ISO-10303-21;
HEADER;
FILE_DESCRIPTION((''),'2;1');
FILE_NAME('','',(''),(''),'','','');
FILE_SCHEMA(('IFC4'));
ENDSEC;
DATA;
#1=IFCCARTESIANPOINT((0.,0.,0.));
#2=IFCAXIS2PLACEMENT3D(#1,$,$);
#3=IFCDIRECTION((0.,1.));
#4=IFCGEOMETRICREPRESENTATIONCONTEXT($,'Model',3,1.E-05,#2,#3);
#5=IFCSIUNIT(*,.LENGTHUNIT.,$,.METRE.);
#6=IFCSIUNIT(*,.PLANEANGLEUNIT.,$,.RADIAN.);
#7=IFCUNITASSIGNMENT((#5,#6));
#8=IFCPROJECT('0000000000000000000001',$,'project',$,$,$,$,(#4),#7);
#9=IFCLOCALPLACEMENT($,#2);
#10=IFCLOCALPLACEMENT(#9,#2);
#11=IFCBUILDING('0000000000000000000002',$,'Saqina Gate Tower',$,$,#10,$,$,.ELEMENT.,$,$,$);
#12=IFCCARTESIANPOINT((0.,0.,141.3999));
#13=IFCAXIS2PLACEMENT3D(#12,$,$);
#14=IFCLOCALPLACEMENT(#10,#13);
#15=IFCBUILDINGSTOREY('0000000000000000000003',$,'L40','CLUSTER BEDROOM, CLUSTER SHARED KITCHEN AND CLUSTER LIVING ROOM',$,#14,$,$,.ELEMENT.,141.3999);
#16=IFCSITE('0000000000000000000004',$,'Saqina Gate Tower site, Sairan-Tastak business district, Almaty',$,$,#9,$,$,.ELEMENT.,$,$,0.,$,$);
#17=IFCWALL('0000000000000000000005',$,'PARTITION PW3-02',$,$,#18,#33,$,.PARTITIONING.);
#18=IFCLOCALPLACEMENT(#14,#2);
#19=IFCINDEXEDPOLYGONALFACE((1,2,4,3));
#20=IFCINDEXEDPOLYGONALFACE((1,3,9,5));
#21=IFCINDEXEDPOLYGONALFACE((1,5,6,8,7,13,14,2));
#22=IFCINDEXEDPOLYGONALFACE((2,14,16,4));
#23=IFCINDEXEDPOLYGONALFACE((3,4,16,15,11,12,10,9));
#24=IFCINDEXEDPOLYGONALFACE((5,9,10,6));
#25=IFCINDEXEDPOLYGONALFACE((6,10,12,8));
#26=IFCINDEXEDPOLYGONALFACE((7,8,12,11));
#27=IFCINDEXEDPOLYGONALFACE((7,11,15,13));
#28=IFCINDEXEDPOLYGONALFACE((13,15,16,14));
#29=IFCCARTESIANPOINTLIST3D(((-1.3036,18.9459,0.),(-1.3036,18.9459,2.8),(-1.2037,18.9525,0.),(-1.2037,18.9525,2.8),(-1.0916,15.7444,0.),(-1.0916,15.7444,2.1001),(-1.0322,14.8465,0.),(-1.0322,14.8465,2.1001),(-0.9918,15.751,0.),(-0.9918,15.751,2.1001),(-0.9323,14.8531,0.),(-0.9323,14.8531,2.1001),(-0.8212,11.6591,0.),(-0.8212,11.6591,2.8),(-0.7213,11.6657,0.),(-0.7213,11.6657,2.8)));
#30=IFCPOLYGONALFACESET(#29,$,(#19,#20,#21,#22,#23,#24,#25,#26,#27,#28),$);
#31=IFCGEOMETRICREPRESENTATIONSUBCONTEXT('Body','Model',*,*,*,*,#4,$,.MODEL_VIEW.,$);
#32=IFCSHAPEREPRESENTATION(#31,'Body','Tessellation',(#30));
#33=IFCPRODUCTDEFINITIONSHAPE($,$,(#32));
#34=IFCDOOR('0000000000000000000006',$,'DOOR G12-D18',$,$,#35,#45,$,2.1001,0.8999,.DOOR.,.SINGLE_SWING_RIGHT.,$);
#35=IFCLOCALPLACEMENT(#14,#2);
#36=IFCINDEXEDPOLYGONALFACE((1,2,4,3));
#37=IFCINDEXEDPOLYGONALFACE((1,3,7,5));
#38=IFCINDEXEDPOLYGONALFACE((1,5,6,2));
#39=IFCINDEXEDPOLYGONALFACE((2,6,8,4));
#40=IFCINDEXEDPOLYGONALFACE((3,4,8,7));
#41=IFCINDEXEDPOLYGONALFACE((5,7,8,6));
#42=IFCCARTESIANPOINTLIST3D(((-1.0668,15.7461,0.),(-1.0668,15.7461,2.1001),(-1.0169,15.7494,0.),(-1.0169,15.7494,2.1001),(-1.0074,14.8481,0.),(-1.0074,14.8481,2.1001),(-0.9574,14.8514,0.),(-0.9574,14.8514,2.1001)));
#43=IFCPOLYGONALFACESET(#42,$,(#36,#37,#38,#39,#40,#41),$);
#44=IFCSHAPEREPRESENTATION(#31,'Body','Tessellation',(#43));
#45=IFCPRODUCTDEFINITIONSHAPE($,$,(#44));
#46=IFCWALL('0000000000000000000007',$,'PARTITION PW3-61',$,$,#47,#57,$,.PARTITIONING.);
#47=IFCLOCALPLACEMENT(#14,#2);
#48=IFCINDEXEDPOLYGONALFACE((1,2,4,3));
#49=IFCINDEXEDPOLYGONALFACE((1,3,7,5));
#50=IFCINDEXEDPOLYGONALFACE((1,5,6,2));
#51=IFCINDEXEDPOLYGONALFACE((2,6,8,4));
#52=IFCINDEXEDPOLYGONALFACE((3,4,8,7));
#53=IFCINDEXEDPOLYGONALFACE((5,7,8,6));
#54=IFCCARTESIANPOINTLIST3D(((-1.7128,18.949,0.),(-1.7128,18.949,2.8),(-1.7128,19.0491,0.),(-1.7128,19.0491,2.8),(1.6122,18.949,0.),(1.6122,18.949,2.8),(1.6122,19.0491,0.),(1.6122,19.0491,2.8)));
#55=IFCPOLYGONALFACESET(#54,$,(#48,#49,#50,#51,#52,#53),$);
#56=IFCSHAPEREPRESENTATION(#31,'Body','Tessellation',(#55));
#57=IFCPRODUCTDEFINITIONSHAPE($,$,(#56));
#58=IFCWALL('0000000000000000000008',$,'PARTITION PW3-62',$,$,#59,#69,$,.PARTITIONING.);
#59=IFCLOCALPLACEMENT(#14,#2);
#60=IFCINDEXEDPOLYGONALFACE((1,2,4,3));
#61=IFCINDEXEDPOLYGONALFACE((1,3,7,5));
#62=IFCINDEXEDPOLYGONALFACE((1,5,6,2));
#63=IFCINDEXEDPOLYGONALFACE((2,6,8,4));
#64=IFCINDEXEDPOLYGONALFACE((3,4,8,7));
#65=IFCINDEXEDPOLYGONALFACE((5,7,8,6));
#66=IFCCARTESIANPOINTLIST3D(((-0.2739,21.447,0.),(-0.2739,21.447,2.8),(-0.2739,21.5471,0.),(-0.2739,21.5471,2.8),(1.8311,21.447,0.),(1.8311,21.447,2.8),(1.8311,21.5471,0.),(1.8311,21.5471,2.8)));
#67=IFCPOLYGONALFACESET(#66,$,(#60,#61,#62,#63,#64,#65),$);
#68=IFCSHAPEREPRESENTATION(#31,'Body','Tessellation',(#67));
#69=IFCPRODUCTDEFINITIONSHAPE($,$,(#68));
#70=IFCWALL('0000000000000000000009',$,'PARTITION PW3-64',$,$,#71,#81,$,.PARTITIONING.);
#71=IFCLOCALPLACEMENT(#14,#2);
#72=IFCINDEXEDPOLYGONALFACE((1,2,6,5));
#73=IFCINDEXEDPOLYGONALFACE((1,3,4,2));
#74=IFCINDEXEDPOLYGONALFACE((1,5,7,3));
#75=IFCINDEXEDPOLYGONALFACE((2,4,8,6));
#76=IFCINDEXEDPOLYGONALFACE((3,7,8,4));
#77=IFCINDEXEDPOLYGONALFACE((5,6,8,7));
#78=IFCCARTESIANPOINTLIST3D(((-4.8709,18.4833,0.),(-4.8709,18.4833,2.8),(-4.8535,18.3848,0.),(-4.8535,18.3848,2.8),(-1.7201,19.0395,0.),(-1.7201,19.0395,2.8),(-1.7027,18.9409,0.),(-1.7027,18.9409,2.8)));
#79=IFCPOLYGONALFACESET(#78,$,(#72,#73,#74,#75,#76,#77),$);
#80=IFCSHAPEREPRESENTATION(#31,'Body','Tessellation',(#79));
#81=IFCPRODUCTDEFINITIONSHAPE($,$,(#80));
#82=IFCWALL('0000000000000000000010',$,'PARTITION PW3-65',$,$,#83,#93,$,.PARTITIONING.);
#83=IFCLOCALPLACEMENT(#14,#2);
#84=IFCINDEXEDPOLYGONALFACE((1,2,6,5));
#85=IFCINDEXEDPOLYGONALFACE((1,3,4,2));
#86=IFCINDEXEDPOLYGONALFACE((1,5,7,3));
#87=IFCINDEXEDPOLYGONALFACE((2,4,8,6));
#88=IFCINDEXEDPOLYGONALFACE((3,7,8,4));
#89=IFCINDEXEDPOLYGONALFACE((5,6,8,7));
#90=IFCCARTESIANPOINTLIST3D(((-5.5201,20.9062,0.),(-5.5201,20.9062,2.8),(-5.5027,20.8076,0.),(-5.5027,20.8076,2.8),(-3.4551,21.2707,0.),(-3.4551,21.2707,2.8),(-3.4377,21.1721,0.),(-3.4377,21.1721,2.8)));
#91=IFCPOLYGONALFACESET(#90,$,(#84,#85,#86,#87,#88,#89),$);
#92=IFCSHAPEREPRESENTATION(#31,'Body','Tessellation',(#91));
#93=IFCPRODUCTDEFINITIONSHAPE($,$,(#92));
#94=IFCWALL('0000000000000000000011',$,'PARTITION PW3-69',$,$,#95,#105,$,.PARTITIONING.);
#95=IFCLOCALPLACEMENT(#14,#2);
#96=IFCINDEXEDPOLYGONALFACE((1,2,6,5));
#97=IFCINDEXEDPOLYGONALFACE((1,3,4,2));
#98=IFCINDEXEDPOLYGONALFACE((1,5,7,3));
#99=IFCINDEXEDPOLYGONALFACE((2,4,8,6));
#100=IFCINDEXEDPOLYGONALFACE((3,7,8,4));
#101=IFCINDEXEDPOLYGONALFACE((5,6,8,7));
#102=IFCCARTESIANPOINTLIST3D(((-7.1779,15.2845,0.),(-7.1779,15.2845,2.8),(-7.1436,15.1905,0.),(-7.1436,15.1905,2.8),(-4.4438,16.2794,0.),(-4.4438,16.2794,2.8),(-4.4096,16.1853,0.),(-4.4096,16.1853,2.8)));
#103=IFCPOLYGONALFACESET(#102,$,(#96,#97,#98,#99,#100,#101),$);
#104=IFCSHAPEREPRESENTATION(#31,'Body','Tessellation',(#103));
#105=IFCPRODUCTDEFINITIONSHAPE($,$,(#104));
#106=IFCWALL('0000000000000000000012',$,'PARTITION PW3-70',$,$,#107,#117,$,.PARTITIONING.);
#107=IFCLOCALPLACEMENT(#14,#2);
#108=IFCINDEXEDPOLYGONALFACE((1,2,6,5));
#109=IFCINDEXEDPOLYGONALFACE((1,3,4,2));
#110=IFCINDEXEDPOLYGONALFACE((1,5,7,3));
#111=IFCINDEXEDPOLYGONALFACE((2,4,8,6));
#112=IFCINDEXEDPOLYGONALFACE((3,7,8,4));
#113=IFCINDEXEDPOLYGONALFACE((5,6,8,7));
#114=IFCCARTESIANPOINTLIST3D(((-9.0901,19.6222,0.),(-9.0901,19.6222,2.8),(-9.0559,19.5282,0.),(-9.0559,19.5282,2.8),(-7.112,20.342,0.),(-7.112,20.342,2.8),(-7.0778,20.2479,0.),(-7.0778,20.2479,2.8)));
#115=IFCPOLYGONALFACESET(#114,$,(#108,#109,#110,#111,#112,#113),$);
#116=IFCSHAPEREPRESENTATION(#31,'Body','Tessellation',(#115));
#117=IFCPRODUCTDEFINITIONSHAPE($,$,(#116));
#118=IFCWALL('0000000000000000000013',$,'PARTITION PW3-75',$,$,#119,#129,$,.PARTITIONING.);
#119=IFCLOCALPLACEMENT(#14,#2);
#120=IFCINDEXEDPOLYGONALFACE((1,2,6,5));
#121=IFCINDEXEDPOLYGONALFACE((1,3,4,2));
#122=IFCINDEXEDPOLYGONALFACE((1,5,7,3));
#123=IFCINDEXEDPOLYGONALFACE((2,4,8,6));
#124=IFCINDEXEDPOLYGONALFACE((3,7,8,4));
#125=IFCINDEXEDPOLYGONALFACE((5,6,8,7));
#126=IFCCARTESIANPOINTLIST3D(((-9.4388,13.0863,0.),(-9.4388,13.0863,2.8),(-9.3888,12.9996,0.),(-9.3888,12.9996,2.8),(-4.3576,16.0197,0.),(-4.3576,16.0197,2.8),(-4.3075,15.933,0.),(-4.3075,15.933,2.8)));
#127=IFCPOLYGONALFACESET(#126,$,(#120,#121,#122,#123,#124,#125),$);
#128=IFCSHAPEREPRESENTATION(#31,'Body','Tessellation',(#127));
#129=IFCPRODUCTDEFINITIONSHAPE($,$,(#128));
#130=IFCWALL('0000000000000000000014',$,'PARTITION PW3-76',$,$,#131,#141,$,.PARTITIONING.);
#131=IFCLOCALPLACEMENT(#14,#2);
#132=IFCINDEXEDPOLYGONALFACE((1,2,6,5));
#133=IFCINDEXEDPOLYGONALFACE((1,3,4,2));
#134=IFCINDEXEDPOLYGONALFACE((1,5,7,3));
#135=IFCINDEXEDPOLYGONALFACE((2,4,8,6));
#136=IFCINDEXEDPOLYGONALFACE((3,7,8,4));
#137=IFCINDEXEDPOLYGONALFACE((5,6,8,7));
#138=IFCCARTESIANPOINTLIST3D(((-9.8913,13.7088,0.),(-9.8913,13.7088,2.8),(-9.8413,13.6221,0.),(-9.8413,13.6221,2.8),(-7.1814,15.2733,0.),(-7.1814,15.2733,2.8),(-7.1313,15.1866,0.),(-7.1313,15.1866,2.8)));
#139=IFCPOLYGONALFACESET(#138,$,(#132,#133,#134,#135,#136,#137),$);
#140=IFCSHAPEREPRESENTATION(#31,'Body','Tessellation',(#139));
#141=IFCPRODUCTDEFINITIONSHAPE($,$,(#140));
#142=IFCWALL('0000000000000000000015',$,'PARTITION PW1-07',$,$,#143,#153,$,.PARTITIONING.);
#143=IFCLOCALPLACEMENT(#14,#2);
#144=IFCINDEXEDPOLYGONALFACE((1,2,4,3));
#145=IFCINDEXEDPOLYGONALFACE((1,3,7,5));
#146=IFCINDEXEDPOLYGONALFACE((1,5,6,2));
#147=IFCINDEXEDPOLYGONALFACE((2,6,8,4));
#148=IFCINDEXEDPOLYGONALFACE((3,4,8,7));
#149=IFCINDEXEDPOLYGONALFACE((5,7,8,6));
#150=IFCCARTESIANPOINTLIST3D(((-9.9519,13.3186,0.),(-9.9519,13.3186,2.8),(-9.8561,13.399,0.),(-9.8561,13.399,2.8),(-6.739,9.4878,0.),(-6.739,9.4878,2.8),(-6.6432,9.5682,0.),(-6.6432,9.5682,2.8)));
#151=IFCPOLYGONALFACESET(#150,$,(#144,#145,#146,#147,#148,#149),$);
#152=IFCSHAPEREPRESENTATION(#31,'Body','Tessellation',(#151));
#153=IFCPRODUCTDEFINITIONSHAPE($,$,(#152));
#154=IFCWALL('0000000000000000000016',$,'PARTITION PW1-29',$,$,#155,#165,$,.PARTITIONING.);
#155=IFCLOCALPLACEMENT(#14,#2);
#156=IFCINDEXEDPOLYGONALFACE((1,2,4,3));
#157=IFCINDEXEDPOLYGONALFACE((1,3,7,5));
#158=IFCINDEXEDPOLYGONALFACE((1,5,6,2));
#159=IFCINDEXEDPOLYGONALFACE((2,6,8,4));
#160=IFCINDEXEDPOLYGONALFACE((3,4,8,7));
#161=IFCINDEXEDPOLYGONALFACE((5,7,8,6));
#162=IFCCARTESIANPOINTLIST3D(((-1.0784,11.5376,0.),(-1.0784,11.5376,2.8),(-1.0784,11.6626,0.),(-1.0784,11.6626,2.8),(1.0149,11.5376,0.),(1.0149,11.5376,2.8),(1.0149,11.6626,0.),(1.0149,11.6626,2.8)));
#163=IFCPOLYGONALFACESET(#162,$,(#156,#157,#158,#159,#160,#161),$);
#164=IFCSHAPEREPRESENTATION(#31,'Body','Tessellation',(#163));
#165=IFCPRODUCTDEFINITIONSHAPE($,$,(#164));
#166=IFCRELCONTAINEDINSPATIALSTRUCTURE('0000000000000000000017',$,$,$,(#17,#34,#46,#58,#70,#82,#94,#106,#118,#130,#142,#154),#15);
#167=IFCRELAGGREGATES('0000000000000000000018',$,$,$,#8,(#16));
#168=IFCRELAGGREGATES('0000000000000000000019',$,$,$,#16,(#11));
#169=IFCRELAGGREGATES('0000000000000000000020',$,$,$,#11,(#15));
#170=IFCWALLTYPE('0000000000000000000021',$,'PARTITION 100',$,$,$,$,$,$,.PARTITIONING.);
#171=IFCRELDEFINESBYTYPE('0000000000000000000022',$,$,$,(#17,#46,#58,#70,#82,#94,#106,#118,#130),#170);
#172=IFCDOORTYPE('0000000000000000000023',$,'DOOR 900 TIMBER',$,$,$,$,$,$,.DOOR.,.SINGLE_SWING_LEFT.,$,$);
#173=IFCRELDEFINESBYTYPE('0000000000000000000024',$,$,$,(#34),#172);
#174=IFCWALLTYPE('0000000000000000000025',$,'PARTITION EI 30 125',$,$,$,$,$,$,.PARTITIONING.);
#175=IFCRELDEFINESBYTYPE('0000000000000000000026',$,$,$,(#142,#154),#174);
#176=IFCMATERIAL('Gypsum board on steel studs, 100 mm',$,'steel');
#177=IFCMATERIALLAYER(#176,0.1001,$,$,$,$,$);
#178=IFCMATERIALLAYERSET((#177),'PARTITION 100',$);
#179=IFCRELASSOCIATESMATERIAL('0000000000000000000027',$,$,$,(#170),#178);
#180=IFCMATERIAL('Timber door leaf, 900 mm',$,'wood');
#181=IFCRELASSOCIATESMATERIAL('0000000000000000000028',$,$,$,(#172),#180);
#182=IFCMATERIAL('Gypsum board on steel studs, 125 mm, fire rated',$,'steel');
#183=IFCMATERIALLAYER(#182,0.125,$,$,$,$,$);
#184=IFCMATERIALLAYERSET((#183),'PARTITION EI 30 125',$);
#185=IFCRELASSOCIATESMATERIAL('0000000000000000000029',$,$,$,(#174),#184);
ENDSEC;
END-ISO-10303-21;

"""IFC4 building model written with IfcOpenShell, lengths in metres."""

from ifc_helpers import new_model, si_unit, direction, frame, frame_2d, origin, place, context, subcontext, project, spatial, rectangle, extrude, material, layer, layer_set, type_object, element, fill, save


model = new_model("IFC4")

# Units and contexts
model_context = context("Model", 3, precision=1e-05, world=origin(), true_north=direction((0.0, 1.0)))
body_context = subcontext(model_context, "Body", "Model", "MODEL_VIEW")
ifc_project = project(units=[si_unit("LENGTHUNIT", "METRE"), si_unit("PLANEANGLEUNIT", "RADIAN")], contexts=[model_context])

# Site, building, storey
site_placement = place(None, origin())
site = spatial("IfcSite", under=ifc_project, at=site_placement, Name="Saqina Gate Tower site, Sairan-Tastak business district, Almaty", CompositionType="ELEMENT", RefElevation=0.0)
building_placement = place(site_placement, origin())
building = spatial("IfcBuilding", under=site, at=building_placement, Name="Saqina Gate Tower", CompositionType="ELEMENT")
storey_placement = place(building_placement, frame((0.0, 0.0, 141.3999)))
storey = spatial("IfcBuildingStorey", under=building, at=storey_placement, Name="L40", Description="CLUSTER BEDROOM, CLUSTER SHARED KITCHEN AND CLUSTER LIVING ROOM", CompositionType="ELEMENT", Elevation=141.3999)

# Wall, opening, door
ifc_material_1 = material(Name="Gypsum board on steel studs, 100 mm", Category="steel")
ifc_layer_1 = layer(ifc_material_1, 0.1001)
ifc_layer_set_1 = layer_set([ifc_layer_1], Name="PARTITION 100")
wall_type_1 = type_object("IfcWallType", Name="PARTITION 100", PredefinedType="PARTITIONING", material=ifc_layer_set_1)
wall_1_placement = place(storey_placement, frame((-1.2537, 18.9492, 0.0), z_axis=(0.0, 0.0, 1.0), x_axis=(0.06606, -0.997816, 0.0)))
wall_1 = element("IfcWall", 1, at=wall_1_placement, inside=storey, type_object=wall_type_1, Name="PARTITION PW3-02", PredefinedType="PARTITIONING", context=body_context, shape_type="SweptSolid", body=[
    extrude(rectangle(XDim=7.3027, YDim=0.1001, at=frame_2d((3.6514, 0.0))), origin(), (0.0, 0.0, 1.0), 2.8),
])
opening_1_placement = place(wall_1_placement, frame((3.2085, 0.0, 0.0)))
opening_1 = element("IfcOpeningElement", 2, at=opening_1_placement, cuts=wall_1, PredefinedType="OPENING", context=body_context, shape_type="SweptSolid", body=[
    extrude(rectangle(XDim=0.8999, YDim=2.1001, at=frame_2d((0.45, 1.05))), frame((0.0, 0.062, 0.0), z_axis=(0.0, -1.0, 0.0), x_axis=(1.0, 0.0, 0.0)), (0.0, 0.0, 1.0), 0.124),
])
ifc_material_2 = material(Name="Timber door leaf, 900 mm", Category="wood")
door_type_1 = type_object("IfcDoorType", Name="DOOR 900 TIMBER", OperationType="SINGLE_SWING_LEFT", PredefinedType="DOOR", material=ifc_material_2)
door_1_placement = place(opening_1_placement, origin())
door_1 = element("IfcDoor", 3, at=door_1_placement, inside=storey, type_object=door_type_1, Name="DOOR G12-D18", OperationType="SINGLE_SWING_RIGHT", OverallHeight=2.1001, OverallWidth=0.8999, PredefinedType="DOOR", context=body_context, shape_type="SweptSolid", body=[
    extrude(rectangle(XDim=0.8999, YDim=2.1001, at=frame_2d((0.45, 1.05))), frame((0.0, 0.0249, 0.0), z_axis=(0.0, -1.0, 0.0), x_axis=(1.0, 0.0, 0.0)), (0.0, 0.0, 1.0), 0.05),
])
fill(opening_1, door_1)

# Walls
wall_2_placement = place(storey_placement, frame((-1.7129, 18.999, 0.0), z_axis=(0.0, 0.0, 1.0), x_axis=(1.0, 0.0, 0.0)))
element("IfcWall", 4, at=wall_2_placement, inside=storey, type_object=wall_type_1, Name="PARTITION PW3-61", PredefinedType="PARTITIONING", context=body_context, shape_type="SweptSolid", body=[
    extrude(rectangle(XDim=3.325, YDim=0.1001, at=frame_2d((1.6626, 0.0))), origin(), (0.0, 0.0, 1.0), 2.8),
])
wall_3_placement = place(storey_placement, frame((-0.2739, 21.4971, 0.0), z_axis=(0.0, 0.0, 1.0), x_axis=(1.0, 0.0, 0.0)))
element("IfcWall", 5, at=wall_3_placement, inside=storey, type_object=wall_type_1, Name="PARTITION PW3-62", PredefinedType="PARTITIONING", context=body_context, shape_type="SweptSolid", body=[
    extrude(rectangle(XDim=2.105, YDim=0.1001, at=frame_2d((1.0525, 0.0))), origin(), (0.0, 0.0, 1.0), 2.8),
])
wall_4_placement = place(storey_placement, frame((-4.8621, 18.4341, 0.0), z_axis=(0.0, 0.0, 1.0), x_axis=(0.984777, 0.17382, 0.0)))
element("IfcWall", 6, at=wall_4_placement, inside=storey, type_object=wall_type_1, Name="PARTITION PW3-64", PredefinedType="PARTITIONING", context=body_context, shape_type="SweptSolid", body=[
    extrude(rectangle(XDim=3.1995, YDim=0.1001, at=frame_2d((1.5996, 0.0))), origin(), (0.0, 0.0, 1.0), 2.8),
])
wall_5_placement = place(storey_placement, frame((-5.5112, 20.8569, 0.0), z_axis=(0.0, 0.0, 1.0), x_axis=(0.984775, 0.173832, 0.0)))
element("IfcWall", 7, at=wall_5_placement, inside=storey, type_object=wall_type_1, Name="PARTITION PW3-65", PredefinedType="PARTITIONING", context=body_context, shape_type="SweptSolid", body=[
    extrude(rectangle(XDim=2.0969, YDim=0.1001, at=frame_2d((1.0483, 0.0))), origin(), (0.0, 0.0, 1.0), 2.8),
])
wall_6_placement = place(storey_placement, frame((-7.1606, 15.2375, 0.0), z_axis=(0.0, 0.0, 1.0), x_axis=(0.939722, 0.341938, 0.0)))
element("IfcWall", 8, at=wall_6_placement, inside=storey, type_object=wall_type_1, Name="PARTITION PW3-69", PredefinedType="PARTITIONING", context=body_context, shape_type="SweptSolid", body=[
    extrude(rectangle(XDim=2.9094, YDim=0.1001, at=frame_2d((1.4546, 0.0))), origin(), (0.0, 0.0, 1.0), 2.8),
])
wall_7_placement = place(storey_placement, frame((-9.073, 19.5752, 0.0), z_axis=(0.0, 0.0, 1.0), x_axis=(0.939726, 0.341929, 0.0)))
element("IfcWall", 9, at=wall_7_placement, inside=storey, type_object=wall_type_1, Name="PARTITION PW3-70", PredefinedType="PARTITIONING", context=body_context, shape_type="SweptSolid", body=[
    extrude(rectangle(XDim=2.105, YDim=0.1001, at=frame_2d((1.0525, 0.0))), origin(), (0.0, 0.0, 1.0), 2.8),
])
wall_8_placement = place(storey_placement, frame((-9.4138, 13.043, 0.0), z_axis=(0.0, 0.0, 1.0), x_axis=(0.86605, 0.499957, 0.0)))
element("IfcWall", 10, at=wall_8_placement, inside=storey, type_object=wall_type_1, Name="PARTITION PW3-75", PredefinedType="PARTITIONING", context=body_context, shape_type="SweptSolid", body=[
    extrude(rectangle(XDim=5.8672, YDim=0.1001, at=frame_2d((2.9336, 0.0))), origin(), (0.0, 0.0, 1.0), 2.8),
])
wall_9_placement = place(storey_placement, frame((-9.8662, 13.6655, 0.0), z_axis=(0.0, 0.0, 1.0), x_axis=(0.866045, 0.499966, 0.0)))
element("IfcWall", 11, at=wall_9_placement, inside=storey, type_object=wall_type_1, Name="PARTITION PW3-76", PredefinedType="PARTITIONING", context=body_context, shape_type="SweptSolid", body=[
    extrude(rectangle(XDim=3.1292, YDim=0.1001, at=frame_2d((1.5645, 0.0))), origin(), (0.0, 0.0, 1.0), 2.8),
])
ifc_material_3 = material(Name="Gypsum board on steel studs, 125 mm, fire rated", Category="steel")
ifc_layer_2 = layer(ifc_material_3, 0.125)
ifc_layer_set_2 = layer_set([ifc_layer_2], Name="PARTITION EI 30 125")
wall_type_2 = type_object("IfcWallType", Name="PARTITION EI 30 125", PredefinedType="PARTITIONING", material=ifc_layer_set_2)
wall_10_placement = place(storey_placement, frame((-9.9041, 13.3589, 0.0), z_axis=(0.0, 0.0, 1.0), x_axis=(0.642607, -0.766196, 0.0)))
element("IfcWall", 12, at=wall_10_placement, inside=storey, type_object=wall_type_2, Name="PARTITION PW1-07", PredefinedType="PARTITIONING", context=body_context, shape_type="SweptSolid", body=[
    extrude(rectangle(XDim=4.9998, YDim=0.125, at=frame_2d((2.5, 0.0))), origin(), (0.0, 0.0, 1.0), 2.8),
])
wall_11_placement = place(storey_placement, frame((-1.0784, 11.6001, 0.0), z_axis=(0.0, 0.0, 1.0), x_axis=(1.0, 0.0, 0.0)))
element("IfcWall", 13, at=wall_11_placement, inside=storey, type_object=wall_type_2, Name="PARTITION PW1-29", PredefinedType="PARTITIONING", context=body_context, shape_type="SweptSolid", body=[
    extrude(rectangle(XDim=2.0933, YDim=0.125, at=frame_2d((1.0466, 0.0))), origin(), (0.0, 0.0, 1.0), 2.8),
])

save(model, "model.ifc")
